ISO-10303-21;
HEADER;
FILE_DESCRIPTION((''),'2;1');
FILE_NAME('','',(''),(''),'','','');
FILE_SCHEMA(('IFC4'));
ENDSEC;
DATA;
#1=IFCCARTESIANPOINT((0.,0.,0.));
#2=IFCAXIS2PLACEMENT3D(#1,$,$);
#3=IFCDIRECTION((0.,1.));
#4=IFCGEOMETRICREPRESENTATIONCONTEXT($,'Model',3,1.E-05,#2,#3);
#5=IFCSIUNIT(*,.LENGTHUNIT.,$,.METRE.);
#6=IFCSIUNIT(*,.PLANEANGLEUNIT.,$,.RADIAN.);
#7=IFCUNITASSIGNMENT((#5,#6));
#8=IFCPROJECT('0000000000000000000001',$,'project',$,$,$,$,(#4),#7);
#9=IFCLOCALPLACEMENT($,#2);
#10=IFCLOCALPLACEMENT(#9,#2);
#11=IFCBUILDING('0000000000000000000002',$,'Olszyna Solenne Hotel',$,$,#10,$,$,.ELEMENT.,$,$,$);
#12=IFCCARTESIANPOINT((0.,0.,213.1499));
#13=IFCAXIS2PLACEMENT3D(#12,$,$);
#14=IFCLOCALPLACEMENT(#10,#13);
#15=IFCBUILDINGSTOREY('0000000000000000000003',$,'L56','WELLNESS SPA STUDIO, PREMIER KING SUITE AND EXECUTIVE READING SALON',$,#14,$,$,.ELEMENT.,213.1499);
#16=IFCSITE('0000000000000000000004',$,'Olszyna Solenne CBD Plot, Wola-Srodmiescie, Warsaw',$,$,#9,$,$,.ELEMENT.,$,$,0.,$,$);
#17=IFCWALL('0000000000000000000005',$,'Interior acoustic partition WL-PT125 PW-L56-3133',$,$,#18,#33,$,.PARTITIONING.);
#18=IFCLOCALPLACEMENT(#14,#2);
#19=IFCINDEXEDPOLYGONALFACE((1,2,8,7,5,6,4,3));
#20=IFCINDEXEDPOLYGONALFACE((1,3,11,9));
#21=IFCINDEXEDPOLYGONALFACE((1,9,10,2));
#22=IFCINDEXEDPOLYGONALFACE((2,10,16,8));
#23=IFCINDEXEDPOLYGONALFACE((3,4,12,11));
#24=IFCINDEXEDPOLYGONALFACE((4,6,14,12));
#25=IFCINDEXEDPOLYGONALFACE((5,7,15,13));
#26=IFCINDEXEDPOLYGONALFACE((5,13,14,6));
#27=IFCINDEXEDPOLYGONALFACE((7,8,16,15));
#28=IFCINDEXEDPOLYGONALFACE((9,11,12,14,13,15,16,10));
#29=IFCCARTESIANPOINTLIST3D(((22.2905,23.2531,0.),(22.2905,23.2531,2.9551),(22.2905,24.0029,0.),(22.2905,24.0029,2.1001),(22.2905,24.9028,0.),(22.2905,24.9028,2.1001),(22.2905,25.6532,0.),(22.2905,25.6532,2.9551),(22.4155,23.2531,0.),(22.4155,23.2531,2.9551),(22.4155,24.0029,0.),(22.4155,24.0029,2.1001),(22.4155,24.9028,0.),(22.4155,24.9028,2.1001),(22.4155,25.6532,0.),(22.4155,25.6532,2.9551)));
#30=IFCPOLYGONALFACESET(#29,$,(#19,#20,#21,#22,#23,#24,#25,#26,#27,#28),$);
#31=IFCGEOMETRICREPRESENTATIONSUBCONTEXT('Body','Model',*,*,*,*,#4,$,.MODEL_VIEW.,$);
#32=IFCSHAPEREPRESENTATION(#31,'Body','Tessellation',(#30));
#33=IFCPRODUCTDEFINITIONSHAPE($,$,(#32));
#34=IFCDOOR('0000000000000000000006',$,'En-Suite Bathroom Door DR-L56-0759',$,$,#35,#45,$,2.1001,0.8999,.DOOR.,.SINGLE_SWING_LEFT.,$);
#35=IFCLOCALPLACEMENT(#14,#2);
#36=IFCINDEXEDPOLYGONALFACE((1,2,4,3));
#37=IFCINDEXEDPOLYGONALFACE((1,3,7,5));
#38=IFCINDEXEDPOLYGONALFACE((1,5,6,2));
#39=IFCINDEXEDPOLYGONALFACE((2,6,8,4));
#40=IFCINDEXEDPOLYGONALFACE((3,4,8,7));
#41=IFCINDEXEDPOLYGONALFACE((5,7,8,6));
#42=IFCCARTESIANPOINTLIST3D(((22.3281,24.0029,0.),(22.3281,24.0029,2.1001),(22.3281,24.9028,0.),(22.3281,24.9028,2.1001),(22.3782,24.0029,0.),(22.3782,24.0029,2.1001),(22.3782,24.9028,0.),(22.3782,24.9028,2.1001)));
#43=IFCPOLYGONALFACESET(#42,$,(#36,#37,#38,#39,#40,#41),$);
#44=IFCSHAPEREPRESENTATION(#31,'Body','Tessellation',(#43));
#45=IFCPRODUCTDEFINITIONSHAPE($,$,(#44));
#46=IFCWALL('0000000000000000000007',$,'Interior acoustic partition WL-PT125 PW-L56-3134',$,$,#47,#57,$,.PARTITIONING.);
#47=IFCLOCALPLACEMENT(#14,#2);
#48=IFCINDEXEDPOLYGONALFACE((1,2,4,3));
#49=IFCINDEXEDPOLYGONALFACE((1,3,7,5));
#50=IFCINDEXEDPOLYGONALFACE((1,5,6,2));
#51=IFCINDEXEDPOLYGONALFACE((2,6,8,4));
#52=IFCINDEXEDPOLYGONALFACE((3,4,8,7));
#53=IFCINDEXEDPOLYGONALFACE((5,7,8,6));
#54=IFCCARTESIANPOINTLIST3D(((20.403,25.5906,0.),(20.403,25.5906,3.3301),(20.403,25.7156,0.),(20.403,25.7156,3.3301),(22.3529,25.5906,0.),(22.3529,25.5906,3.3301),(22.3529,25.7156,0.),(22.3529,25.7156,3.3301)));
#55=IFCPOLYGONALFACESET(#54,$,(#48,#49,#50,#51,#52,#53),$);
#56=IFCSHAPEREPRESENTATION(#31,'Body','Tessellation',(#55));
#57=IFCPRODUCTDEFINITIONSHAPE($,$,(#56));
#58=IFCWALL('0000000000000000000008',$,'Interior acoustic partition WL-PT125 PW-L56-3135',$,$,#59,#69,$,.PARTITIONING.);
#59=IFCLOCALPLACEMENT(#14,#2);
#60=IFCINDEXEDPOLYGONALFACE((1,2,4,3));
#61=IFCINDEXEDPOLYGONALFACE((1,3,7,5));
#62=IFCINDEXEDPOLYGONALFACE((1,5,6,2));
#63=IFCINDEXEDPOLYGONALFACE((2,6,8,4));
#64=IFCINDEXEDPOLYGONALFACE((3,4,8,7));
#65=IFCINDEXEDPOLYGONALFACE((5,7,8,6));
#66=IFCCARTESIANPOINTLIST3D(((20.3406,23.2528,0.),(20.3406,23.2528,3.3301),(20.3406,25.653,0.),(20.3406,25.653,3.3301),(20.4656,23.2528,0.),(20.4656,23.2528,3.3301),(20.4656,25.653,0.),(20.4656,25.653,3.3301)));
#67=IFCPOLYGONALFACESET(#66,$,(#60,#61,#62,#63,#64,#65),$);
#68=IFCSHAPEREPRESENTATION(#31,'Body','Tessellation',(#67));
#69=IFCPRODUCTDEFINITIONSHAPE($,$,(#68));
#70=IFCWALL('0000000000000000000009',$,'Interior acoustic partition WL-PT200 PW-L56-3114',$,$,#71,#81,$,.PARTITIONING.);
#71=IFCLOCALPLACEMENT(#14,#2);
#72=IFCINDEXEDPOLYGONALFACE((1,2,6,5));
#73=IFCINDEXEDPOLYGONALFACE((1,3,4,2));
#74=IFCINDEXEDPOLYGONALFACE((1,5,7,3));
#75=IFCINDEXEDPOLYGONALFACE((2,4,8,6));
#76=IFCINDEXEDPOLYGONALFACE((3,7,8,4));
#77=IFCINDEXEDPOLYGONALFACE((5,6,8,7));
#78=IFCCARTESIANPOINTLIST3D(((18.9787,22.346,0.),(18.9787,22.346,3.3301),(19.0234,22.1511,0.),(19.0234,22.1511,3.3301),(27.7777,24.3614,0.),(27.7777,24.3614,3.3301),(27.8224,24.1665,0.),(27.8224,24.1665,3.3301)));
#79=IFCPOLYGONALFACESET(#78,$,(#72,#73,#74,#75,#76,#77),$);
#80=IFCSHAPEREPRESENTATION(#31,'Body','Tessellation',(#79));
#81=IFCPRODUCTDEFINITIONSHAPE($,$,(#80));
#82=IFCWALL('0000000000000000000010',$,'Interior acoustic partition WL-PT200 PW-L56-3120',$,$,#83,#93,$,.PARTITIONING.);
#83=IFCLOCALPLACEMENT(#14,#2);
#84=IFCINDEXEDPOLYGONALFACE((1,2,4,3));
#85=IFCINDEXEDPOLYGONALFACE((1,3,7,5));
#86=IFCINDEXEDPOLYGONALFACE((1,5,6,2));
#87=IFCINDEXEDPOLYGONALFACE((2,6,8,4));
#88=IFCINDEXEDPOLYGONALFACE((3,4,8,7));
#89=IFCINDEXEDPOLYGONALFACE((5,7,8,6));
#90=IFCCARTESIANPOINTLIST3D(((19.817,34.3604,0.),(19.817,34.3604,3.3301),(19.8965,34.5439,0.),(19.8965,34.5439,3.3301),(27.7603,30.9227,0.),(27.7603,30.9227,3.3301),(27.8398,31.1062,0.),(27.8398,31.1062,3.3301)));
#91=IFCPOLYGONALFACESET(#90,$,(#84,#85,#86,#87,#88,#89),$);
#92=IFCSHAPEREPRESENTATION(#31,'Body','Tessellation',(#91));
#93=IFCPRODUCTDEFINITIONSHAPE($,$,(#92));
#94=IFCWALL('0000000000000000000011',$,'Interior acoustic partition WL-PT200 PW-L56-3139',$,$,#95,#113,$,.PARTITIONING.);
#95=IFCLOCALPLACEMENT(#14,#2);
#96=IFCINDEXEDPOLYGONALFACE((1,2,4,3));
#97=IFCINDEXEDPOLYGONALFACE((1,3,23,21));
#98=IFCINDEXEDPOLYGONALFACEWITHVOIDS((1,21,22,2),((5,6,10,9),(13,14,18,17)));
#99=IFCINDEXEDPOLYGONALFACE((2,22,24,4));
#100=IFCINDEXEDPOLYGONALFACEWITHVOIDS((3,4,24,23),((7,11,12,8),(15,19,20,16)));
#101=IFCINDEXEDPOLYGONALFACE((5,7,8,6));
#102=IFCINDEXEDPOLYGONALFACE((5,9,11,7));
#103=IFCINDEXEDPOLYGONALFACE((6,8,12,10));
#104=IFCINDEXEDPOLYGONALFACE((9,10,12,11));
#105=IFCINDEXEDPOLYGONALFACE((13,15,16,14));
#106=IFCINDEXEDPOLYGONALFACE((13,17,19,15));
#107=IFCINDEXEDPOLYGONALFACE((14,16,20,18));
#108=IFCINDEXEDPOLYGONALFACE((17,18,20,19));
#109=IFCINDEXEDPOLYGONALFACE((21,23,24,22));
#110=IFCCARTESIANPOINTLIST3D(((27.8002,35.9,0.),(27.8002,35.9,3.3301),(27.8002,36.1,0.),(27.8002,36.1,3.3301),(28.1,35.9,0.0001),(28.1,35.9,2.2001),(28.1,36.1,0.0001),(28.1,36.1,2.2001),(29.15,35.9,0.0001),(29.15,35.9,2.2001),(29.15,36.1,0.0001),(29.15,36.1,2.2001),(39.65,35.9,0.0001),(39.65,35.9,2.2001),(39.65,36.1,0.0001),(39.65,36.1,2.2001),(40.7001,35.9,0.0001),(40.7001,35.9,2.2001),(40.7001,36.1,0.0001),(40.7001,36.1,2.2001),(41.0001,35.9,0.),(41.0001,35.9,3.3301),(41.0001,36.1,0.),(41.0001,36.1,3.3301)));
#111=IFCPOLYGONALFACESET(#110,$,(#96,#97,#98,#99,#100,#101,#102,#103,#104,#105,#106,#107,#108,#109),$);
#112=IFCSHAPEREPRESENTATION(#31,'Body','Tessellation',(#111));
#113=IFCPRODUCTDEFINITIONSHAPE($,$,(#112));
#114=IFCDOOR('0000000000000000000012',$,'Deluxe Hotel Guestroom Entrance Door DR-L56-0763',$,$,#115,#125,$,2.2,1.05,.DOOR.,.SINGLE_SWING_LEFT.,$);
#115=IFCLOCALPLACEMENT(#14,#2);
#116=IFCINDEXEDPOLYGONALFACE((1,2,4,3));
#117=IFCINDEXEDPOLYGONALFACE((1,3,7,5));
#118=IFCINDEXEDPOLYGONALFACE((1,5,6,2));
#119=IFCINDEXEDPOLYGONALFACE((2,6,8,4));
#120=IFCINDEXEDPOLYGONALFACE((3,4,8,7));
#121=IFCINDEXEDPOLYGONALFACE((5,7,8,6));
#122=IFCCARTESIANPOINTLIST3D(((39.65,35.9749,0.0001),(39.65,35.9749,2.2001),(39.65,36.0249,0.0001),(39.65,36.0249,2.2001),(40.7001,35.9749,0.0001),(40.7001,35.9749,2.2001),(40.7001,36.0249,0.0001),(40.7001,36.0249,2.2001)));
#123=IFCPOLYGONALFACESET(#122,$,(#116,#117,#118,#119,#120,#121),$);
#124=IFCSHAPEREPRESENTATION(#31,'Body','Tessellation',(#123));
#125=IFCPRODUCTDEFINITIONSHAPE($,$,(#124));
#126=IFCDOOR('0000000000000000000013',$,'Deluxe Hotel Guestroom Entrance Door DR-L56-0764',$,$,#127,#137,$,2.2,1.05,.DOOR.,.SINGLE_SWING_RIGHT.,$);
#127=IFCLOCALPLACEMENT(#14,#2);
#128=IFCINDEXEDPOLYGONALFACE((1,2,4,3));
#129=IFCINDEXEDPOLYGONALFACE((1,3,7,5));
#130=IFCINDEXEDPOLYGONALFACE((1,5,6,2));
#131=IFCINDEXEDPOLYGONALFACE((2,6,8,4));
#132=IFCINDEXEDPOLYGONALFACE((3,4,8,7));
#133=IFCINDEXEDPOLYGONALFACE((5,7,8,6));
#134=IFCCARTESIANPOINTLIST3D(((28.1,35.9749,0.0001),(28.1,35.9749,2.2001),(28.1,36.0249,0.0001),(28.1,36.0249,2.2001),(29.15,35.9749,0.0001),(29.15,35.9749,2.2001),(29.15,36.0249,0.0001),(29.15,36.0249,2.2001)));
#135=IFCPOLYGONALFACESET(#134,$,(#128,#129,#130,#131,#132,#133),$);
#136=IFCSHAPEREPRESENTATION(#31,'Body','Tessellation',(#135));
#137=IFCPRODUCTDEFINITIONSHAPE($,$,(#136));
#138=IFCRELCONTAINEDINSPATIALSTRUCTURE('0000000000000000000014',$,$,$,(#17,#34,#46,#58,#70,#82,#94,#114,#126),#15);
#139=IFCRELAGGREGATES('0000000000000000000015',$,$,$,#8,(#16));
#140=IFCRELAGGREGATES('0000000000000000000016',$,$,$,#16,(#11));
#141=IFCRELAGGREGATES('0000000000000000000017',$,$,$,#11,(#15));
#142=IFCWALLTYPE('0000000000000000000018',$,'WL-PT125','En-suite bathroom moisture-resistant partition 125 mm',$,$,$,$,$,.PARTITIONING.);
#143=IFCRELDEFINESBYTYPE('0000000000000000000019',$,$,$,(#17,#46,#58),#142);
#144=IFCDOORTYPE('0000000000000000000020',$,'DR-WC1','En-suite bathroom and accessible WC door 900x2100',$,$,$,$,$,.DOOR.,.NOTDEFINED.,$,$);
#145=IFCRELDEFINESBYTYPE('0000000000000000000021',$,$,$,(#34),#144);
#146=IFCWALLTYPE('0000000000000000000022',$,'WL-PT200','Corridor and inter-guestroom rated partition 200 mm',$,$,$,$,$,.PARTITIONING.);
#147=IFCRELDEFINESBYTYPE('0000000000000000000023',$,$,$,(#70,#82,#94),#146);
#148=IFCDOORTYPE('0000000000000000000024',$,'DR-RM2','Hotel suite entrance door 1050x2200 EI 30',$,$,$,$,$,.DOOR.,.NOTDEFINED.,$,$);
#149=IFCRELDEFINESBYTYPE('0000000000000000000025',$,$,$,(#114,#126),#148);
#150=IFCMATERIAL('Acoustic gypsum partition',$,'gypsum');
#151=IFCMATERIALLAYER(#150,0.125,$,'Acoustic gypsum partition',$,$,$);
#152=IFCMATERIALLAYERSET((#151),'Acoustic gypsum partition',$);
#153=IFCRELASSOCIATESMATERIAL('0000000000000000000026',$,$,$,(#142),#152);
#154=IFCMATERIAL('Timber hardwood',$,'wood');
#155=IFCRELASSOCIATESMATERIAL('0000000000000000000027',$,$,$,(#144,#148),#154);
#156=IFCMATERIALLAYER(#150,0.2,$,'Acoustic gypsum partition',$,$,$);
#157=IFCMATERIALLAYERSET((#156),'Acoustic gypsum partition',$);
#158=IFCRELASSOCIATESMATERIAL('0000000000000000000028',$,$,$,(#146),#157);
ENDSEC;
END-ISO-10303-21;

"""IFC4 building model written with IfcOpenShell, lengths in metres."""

from ifc_helpers import new_model, si_unit, direction, frame, frame_2d, origin, place, context, subcontext, project, spatial, rectangle, extrude, source, transform, mapped, material, layer, layer_set, type_object, type_shapes, element, fill, save


model = new_model("IFC4")

# Units and contexts
model_context = context("Model", 3, precision=1e-05, world=origin(), true_north=direction((0.0, 1.0)))
body_context = subcontext(model_context, "Body", "Model", "MODEL_VIEW")
ifc_project = project(units=[si_unit("LENGTHUNIT", "METRE"), si_unit("PLANEANGLEUNIT", "RADIAN")], contexts=[model_context])

# Site, building, storey
site_placement = place(None, origin())
site = spatial("IfcSite", under=ifc_project, at=site_placement, Name="Olszyna Solenne CBD Plot, Wola-Srodmiescie, Warsaw", CompositionType="ELEMENT", RefElevation=0.0)
building_placement = place(site_placement, origin())
building = spatial("IfcBuilding", under=site, at=building_placement, Name="Olszyna Solenne Hotel", CompositionType="ELEMENT")
storey_placement = place(building_placement, frame((0.0, 0.0, 213.1499)))
storey = spatial("IfcBuildingStorey", under=building, at=storey_placement, Name="L56", Description="WELLNESS SPA STUDIO, PREMIER KING SUITE AND EXECUTIVE READING SALON", CompositionType="ELEMENT", Elevation=213.1499)

# Wall, opening, door
ifc_material_1 = material(Name="Acoustic gypsum partition", Category="gypsum")
ifc_layer_1 = layer(ifc_material_1, 0.125, Name="Acoustic gypsum partition")
ifc_layer_set_1 = layer_set([ifc_layer_1], Name="Acoustic gypsum partition")
wall_type_1 = type_object("IfcWallType", Name="WL-PT125", Description="En-suite bathroom moisture-resistant partition 125 mm", PredefinedType="PARTITIONING", material=ifc_layer_set_1)
wall_1_placement = place(storey_placement, frame((22.353, 23.2529, 0.0), z_axis=(0.0, 0.0, 1.0), x_axis=(0.0, 1.0, 0.0)))
wall_1 = element("IfcWall", 1, at=wall_1_placement, inside=storey, type_object=wall_type_1, Name="Interior acoustic partition WL-PT125 PW-L56-3133", PredefinedType="PARTITIONING", context=body_context, shape_type="SweptSolid", body=[
    extrude(rectangle(XDim=2.4001, YDim=0.125, at=frame_2d((1.2002, 0.0))), origin(), (0.0, 0.0, 1.0), 2.9551),
])
opening_1_placement = place(wall_1_placement, frame((0.75, 0.0, 0.0)))
opening_1 = element("IfcOpeningElement", 2, at=opening_1_placement, cuts=wall_1, PredefinedType="OPENING", context=body_context, shape_type="SweptSolid", body=[
    extrude(rectangle(XDim=0.8999, YDim=2.1001, at=frame_2d((0.45, 1.05))), frame((0.0, 0.0725, 0.0), z_axis=(0.0, -1.0, 0.0), x_axis=(1.0, 0.0, 0.0)), (0.0, 0.0, 1.0), 0.145),
])
ifc_material_2 = material(Name="Timber hardwood", Category="wood")
door_type_1 = type_object("IfcDoorType", Name="DR-WC1", Description="En-suite bathroom and accessible WC door 900x2100", OperationType="NOTDEFINED", PredefinedType="DOOR", material=ifc_material_2)
shared_shape_1 = source(origin(), body_context, "Body", "SweptSolid", [
    extrude(rectangle(XDim=0.8999, YDim=2.1001, at=frame_2d((0.45, 1.05))), frame((0.0, 0.0249, 0.0), z_axis=(0.0, -1.0, 0.0), x_axis=(1.0, 0.0, 0.0)), (0.0, 0.0, 1.0), 0.05),
])
type_shapes(door_type_1, [shared_shape_1])
door_1_placement = place(opening_1_placement, origin())
door_1 = element("IfcDoor", 3, at=door_1_placement, inside=storey, type_object=door_type_1, Name="En-Suite Bathroom Door DR-L56-0759", OperationType="SINGLE_SWING_LEFT", OverallHeight=2.1001, OverallWidth=0.8999, PredefinedType="DOOR", context=body_context, shape_type="MappedRepresentation", body=[
    mapped(shared_shape_1, transform((0.0, 0.0, 0.0), x_axis=(1.0, 0.0, 0.0), y_axis=(0.0, 1.0, 0.0), z_axis=(0.0, 0.0, 1.0), scale=1.0)),
])
fill(opening_1, door_1)

# Walls
wall_2_placement = place(storey_placement, frame((22.353, 25.6531, 0.0), z_axis=(0.0, 0.0, 1.0), x_axis=(-1.0, 0.0, 0.0)))
element("IfcWall", 4, at=wall_2_placement, inside=storey, type_object=wall_type_1, Name="Interior acoustic partition WL-PT125 PW-L56-3134", PredefinedType="PARTITIONING", context=body_context, shape_type="SweptSolid", body=[
    extrude(rectangle(XDim=1.95, YDim=0.125, at=frame_2d((0.9751, 0.0))), origin(), (0.0, 0.0, 1.0), 3.3301),
])
wall_3_placement = place(storey_placement, frame((20.4031, 25.6531, 0.0), z_axis=(0.0, 0.0, 1.0), x_axis=(0.0, -1.0, 0.0)))
element("IfcWall", 5, at=wall_3_placement, inside=storey, type_object=wall_type_1, Name="Interior acoustic partition WL-PT125 PW-L56-3135", PredefinedType="PARTITIONING", context=body_context, shape_type="SweptSolid", body=[
    extrude(rectangle(XDim=2.4001, YDim=0.125, at=frame_2d((1.2002, 0.0))), origin(), (0.0, 0.0, 1.0), 3.3301),
])
ifc_layer_2 = layer(ifc_material_1, 0.2, Name="Acoustic gypsum partition")
ifc_layer_set_2 = layer_set([ifc_layer_2], Name="Acoustic gypsum partition")
wall_type_2 = type_object("IfcWallType", Name="WL-PT200", Description="Corridor and inter-guestroom rated partition 200 mm", PredefinedType="PARTITIONING", material=ifc_layer_set_2)
wall_4_placement = place(storey_placement, frame((27.8, 24.2639, 0.0), z_axis=(0.0, 0.0, 1.0), x_axis=(-0.974758, -0.223263, 0.0)))
element("IfcWall", 6, at=wall_4_placement, inside=storey, type_object=wall_type_2, Name="Interior acoustic partition WL-PT200 PW-L56-3114", PredefinedType="PARTITIONING", context=body_context, shape_type="SweptSolid", body=[
    extrude(rectangle(XDim=9.0269, YDim=0.2, at=frame_2d((4.5134, 0.0))), origin(), (0.0, 0.0, 1.0), 3.3301),
])
wall_5_placement = place(storey_placement, frame((27.8, 31.0144, 0.0), z_axis=(0.0, 0.0, 1.0), x_axis=(-0.91774, 0.397182, 0.0)))
element("IfcWall", 7, at=wall_5_placement, inside=storey, type_object=wall_type_2, Name="Interior acoustic partition WL-PT200 PW-L56-3120", PredefinedType="PARTITIONING", context=body_context, shape_type="SweptSolid", body=[
    extrude(rectangle(XDim=8.6553, YDim=0.2, at=frame_2d((4.3276, 0.0))), origin(), (0.0, 0.0, 1.0), 3.3301),
])

# Wall, openings, doors
wall_6_placement = place(storey_placement, frame((27.8, 36.0, 0.0), z_axis=(0.0, 0.0, 1.0), x_axis=(1.0, 0.0, 0.0)))
wall_6 = element("IfcWall", 8, at=wall_6_placement, inside=storey, type_object=wall_type_2, Name="Interior acoustic partition WL-PT200 PW-L56-3139", PredefinedType="PARTITIONING", context=body_context, shape_type="SweptSolid", body=[
    extrude(rectangle(XDim=13.2, YDim=0.2, at=frame_2d((6.6001, 0.0))), origin(), (0.0, 0.0, 1.0), 3.3301),
])
opening_2_placement = place(wall_6_placement, frame((11.8501, 0.0, 0.0)))
opening_2 = element("IfcOpeningElement", 9, at=opening_2_placement, cuts=wall_6, PredefinedType="OPENING", context=body_context, shape_type="SweptSolid", body=[
    extrude(rectangle(XDim=1.05, YDim=2.2, at=frame_2d((0.5249, 1.1001))), frame((0.0, 0.1099, 0.0), z_axis=(0.0, -1.0, 0.0), x_axis=(1.0, 0.0, 0.0)), (0.0, 0.0, 1.0), 0.22),
])
opening_3_placement = place(wall_6_placement, frame((0.3, 0.0, 0.0)))
opening_3 = element("IfcOpeningElement", 10, at=opening_3_placement, cuts=wall_6, PredefinedType="OPENING", context=body_context, shape_type="SweptSolid", body=[
    extrude(rectangle(XDim=1.05, YDim=2.2, at=frame_2d((0.5249, 1.1001))), frame((0.0, 0.1099, 0.0), z_axis=(0.0, -1.0, 0.0), x_axis=(1.0, 0.0, 0.0)), (0.0, 0.0, 1.0), 0.22),
])
door_type_2 = type_object("IfcDoorType", Name="DR-RM2", Description="Hotel suite entrance door 1050x2200 EI 30", OperationType="NOTDEFINED", PredefinedType="DOOR", material=ifc_material_2)
shared_shape_2 = source(origin(), body_context, "Body", "SweptSolid", [
    extrude(rectangle(XDim=1.05, YDim=2.2, at=frame_2d((0.5249, 1.1001))), frame((0.0, 0.0249, 0.0), z_axis=(0.0, -1.0, 0.0), x_axis=(1.0, 0.0, 0.0)), (0.0, 0.0, 1.0), 0.05),
])
type_shapes(door_type_2, [shared_shape_2])
door_2_placement = place(opening_2_placement, origin())
door_2 = element("IfcDoor", 11, at=door_2_placement, inside=storey, type_object=door_type_2, Name="Deluxe Hotel Guestroom Entrance Door DR-L56-0763", OperationType="SINGLE_SWING_LEFT", OverallHeight=2.2, OverallWidth=1.05, PredefinedType="DOOR", context=body_context, shape_type="MappedRepresentation", body=[
    mapped(shared_shape_2, transform((0.0, 0.0, 0.0), x_axis=(1.0, 0.0, 0.0), y_axis=(0.0, 1.0, 0.0), z_axis=(0.0, 0.0, 1.0), scale=1.0)),
])
fill(opening_2, door_2)
door_3_placement = place(opening_3_placement, origin())
door_3 = element("IfcDoor", 12, at=door_3_placement, inside=storey, type_object=door_type_2, Name="Deluxe Hotel Guestroom Entrance Door DR-L56-0764", OperationType="SINGLE_SWING_RIGHT", OverallHeight=2.2, OverallWidth=1.05, PredefinedType="DOOR", context=body_context, shape_type="MappedRepresentation", body=[
    mapped(shared_shape_2, transform((0.0, 0.0, 0.0), x_axis=(1.0, 0.0, 0.0), y_axis=(0.0, 1.0, 0.0), z_axis=(0.0, 0.0, 1.0), scale=1.0)),
])
fill(opening_3, door_3)

save(model, "model.ifc")
